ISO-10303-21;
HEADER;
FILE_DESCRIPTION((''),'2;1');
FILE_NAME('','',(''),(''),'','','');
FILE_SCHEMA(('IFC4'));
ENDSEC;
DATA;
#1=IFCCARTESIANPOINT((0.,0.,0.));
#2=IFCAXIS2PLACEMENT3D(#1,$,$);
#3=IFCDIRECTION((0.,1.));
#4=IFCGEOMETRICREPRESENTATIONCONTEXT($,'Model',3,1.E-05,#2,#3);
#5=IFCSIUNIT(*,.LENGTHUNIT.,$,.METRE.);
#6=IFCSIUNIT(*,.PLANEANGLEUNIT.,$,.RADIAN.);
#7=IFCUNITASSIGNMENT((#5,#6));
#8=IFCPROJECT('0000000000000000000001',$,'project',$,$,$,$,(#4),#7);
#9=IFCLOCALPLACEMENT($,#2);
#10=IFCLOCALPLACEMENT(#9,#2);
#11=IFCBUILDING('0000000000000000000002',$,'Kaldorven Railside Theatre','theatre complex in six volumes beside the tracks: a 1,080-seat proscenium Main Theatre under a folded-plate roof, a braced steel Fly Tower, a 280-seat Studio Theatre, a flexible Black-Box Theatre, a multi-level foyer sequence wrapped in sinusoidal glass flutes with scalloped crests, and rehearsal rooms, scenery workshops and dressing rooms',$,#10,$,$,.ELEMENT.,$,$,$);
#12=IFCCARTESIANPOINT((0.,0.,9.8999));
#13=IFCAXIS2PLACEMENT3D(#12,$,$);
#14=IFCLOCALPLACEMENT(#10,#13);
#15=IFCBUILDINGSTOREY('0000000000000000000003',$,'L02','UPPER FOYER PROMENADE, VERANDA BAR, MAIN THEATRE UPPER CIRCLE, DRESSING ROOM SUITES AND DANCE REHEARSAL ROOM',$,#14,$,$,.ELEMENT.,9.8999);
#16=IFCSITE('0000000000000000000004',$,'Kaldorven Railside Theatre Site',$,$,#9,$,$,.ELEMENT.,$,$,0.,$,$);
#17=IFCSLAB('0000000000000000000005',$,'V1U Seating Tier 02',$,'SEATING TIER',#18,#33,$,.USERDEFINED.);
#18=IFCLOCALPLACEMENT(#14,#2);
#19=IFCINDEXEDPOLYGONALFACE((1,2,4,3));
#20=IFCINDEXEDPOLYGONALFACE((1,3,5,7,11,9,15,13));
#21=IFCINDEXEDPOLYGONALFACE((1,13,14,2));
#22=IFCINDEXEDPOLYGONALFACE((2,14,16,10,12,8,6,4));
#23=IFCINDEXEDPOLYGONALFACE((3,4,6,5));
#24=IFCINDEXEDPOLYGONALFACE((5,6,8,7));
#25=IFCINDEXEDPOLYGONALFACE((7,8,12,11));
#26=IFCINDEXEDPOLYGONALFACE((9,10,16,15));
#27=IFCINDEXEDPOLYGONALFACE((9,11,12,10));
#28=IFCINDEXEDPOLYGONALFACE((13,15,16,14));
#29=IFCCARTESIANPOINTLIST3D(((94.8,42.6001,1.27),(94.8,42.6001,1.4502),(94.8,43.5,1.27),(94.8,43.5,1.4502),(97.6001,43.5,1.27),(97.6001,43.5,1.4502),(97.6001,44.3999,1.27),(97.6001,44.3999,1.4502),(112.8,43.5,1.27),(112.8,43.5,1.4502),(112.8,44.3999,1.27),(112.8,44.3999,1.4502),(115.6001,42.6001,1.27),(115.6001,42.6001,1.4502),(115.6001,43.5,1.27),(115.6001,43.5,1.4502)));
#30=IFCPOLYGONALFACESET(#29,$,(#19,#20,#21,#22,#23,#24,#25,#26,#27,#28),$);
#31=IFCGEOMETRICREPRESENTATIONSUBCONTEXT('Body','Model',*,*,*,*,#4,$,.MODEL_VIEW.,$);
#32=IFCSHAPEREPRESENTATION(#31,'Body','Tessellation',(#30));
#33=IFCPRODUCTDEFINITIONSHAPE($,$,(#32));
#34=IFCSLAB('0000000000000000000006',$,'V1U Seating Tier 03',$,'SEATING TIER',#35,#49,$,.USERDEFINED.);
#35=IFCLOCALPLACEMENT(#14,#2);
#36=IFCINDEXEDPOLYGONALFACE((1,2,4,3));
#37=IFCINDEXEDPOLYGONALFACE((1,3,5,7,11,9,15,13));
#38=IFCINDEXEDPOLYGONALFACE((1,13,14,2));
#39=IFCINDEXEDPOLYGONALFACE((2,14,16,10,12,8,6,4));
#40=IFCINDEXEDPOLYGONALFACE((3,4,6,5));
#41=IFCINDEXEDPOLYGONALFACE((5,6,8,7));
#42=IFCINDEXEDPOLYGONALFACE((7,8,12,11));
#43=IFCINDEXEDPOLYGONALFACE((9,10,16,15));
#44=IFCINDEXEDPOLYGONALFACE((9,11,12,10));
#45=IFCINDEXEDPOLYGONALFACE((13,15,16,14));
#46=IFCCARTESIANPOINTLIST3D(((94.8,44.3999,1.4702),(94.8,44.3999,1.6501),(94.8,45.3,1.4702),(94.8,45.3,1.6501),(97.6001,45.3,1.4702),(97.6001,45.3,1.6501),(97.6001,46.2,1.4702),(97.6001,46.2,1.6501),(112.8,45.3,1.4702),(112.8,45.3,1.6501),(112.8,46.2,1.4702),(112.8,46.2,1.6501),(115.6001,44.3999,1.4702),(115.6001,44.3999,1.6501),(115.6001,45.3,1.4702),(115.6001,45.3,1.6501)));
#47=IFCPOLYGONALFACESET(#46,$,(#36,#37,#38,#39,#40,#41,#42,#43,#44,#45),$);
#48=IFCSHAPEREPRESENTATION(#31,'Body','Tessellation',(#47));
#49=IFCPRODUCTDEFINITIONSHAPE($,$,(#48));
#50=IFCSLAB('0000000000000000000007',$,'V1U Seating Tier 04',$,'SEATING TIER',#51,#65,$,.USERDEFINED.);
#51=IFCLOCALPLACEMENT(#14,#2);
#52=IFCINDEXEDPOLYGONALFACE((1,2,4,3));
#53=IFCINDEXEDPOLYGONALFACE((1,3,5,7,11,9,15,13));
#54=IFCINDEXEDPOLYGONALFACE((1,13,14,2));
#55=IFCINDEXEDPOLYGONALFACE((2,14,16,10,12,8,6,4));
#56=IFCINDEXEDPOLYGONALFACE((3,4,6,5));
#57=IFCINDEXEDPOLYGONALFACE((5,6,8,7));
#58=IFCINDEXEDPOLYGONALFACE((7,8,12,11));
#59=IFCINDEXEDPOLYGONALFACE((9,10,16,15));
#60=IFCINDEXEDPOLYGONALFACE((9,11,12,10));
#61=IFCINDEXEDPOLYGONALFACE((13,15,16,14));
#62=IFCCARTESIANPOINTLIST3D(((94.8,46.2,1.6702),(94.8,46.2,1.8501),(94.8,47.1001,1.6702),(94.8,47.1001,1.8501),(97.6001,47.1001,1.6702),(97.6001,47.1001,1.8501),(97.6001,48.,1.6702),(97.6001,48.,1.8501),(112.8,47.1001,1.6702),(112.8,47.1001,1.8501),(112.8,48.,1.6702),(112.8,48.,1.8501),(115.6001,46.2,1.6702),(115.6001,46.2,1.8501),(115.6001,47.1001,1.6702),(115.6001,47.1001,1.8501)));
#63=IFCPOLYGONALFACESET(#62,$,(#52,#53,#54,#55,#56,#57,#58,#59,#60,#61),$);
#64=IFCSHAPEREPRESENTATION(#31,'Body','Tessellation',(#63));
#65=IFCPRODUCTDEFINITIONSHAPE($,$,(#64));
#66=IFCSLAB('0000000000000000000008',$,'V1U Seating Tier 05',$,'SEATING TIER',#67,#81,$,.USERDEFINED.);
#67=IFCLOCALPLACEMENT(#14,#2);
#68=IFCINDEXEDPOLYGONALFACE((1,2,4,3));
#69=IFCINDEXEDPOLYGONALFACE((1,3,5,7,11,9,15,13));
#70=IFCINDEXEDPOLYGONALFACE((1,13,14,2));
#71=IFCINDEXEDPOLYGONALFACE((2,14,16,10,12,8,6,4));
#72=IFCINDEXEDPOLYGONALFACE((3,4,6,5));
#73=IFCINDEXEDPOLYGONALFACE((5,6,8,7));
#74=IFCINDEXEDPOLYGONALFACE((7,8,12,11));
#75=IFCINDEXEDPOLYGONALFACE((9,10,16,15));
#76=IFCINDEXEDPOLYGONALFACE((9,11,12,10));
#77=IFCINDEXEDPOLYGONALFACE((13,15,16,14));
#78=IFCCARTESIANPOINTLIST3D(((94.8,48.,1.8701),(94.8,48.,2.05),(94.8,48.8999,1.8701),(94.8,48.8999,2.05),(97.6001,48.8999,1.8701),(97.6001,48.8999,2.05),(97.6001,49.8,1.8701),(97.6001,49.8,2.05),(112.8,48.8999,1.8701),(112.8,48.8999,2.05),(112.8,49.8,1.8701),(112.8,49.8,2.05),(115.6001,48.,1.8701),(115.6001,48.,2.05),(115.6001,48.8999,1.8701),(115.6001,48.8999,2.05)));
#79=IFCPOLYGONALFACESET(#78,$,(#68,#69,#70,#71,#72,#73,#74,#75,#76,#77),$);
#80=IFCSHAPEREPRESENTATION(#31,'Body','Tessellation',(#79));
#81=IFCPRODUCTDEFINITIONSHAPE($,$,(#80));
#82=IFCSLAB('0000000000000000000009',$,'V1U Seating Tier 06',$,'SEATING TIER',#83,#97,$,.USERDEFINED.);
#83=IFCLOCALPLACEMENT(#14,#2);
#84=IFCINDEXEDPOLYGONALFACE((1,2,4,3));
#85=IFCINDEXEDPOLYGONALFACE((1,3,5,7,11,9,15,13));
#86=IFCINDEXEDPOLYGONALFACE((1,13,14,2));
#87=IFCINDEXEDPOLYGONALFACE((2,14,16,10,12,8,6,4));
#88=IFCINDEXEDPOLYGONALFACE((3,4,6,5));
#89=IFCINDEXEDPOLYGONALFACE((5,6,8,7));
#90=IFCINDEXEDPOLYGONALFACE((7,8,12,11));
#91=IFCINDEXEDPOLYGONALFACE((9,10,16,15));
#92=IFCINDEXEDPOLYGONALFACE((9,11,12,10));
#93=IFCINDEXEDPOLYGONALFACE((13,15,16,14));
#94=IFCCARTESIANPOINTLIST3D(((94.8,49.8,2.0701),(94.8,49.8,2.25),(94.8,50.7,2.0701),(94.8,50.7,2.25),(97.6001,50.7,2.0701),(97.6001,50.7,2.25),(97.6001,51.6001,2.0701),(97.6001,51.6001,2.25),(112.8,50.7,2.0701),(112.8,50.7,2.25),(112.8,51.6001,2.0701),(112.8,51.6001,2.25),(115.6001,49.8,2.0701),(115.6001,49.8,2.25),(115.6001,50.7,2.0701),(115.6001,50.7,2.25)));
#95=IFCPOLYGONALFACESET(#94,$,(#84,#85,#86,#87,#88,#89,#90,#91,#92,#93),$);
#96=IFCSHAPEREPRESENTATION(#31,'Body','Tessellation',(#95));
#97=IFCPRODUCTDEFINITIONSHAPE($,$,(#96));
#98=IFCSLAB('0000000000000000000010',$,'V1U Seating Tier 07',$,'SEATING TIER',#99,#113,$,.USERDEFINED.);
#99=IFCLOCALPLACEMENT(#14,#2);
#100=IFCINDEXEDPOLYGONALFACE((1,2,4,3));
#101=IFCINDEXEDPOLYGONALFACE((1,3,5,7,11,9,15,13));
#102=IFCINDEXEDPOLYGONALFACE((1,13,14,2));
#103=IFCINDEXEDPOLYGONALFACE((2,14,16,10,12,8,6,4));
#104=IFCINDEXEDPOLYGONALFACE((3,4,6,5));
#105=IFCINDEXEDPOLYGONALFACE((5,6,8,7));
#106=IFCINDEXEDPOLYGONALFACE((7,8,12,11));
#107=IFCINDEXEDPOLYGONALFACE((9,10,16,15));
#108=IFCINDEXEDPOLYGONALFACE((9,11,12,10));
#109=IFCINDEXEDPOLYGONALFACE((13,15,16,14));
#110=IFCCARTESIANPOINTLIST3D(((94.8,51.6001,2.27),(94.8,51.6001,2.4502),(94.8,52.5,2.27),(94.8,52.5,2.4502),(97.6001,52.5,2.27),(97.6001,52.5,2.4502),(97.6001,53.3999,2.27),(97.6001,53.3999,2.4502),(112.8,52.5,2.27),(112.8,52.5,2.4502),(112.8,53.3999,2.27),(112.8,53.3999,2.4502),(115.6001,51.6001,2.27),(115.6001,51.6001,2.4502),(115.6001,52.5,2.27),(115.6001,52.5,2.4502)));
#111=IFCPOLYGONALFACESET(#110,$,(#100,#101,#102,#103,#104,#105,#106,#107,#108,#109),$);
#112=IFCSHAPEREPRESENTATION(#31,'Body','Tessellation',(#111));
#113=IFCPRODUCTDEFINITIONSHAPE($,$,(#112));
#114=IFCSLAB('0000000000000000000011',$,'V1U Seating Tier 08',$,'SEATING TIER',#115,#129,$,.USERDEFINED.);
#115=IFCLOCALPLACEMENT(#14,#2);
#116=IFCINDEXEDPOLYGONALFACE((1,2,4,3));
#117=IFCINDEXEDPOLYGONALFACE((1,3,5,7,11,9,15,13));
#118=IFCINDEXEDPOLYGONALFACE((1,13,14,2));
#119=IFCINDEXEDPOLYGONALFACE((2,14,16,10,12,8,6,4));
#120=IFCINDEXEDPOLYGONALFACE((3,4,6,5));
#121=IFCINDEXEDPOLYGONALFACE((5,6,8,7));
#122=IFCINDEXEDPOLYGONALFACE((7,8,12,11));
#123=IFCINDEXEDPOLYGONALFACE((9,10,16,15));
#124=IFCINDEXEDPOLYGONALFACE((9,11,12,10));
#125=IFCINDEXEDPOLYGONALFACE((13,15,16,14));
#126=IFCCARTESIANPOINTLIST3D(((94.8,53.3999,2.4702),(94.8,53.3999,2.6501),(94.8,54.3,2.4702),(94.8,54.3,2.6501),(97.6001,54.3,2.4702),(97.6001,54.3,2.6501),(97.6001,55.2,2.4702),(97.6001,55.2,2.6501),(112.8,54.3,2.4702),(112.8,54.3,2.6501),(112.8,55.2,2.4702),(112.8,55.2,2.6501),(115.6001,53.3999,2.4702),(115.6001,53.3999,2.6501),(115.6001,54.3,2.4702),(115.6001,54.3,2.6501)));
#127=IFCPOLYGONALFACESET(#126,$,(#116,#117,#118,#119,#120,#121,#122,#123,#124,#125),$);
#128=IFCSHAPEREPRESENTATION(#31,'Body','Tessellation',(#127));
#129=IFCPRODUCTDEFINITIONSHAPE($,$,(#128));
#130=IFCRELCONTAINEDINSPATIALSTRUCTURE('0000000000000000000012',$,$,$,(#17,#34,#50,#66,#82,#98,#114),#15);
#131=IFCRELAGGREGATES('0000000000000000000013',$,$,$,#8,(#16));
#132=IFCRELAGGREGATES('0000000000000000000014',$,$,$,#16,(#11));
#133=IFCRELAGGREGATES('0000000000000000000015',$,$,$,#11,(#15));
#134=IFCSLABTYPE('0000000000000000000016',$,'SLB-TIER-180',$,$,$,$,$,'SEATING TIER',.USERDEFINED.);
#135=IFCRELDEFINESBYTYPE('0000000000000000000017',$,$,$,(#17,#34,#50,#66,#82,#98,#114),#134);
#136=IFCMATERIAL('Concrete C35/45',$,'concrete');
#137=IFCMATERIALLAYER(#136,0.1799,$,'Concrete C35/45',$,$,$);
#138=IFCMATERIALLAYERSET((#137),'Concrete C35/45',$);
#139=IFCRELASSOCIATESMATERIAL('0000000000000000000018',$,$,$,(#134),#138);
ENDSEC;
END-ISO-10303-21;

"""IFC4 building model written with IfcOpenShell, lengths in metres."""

from ifc_helpers import new_model, si_unit, direction, frame, origin, place, context, subcontext, project, spatial, polyline, outline, extrude, material, layer, layer_set, type_object, element, save


model = new_model("IFC4")

# Units and contexts
model_context = context("Model", 3, precision=1e-05, world=origin(), true_north=direction((0.0, 1.0)))
body_context = subcontext(model_context, "Body", "Model", "MODEL_VIEW")
ifc_project = project(units=[si_unit("LENGTHUNIT", "METRE"), si_unit("PLANEANGLEUNIT", "RADIAN")], contexts=[model_context])

# Site, building, storey
site_placement = place(None, origin())
site = spatial("IfcSite", under=ifc_project, at=site_placement, Name="Kaldorven Railside Theatre Site", CompositionType="ELEMENT", RefElevation=0.0)
building_placement = place(site_placement, origin())
building = spatial("IfcBuilding", under=site, at=building_placement, Name="Kaldorven Railside Theatre", Description="theatre complex in six volumes beside the tracks: a 1,080-seat proscenium Main Theatre under a folded-plate roof, a braced steel Fly Tower, a 280-seat Studio Theatre, a flexible Black-Box Theatre, a multi-level foyer sequence wrapped in sinusoidal glass flutes with scalloped crests, and rehearsal rooms, scenery workshops and dressing rooms", CompositionType="ELEMENT")
storey_placement = place(building_placement, frame((0.0, 0.0, 9.8999)))
storey = spatial("IfcBuildingStorey", under=building, at=storey_placement, Name="L02", Description="UPPER FOYER PROMENADE, VERANDA BAR, MAIN THEATRE UPPER CIRCLE, DRESSING ROOM SUITES AND DANCE REHEARSAL ROOM", CompositionType="ELEMENT", Elevation=9.8999)

# Shared definitions
ifc_material_1 = material(Name="Concrete C35/45", Category="concrete")

# Slabs
ifc_layer_1 = layer(ifc_material_1, 0.1799, Name="Concrete C35/45")
ifc_layer_set_1 = layer_set([ifc_layer_1], Name="Concrete C35/45")
slab_type_1 = type_object("IfcSlabType", Name="SLB-TIER-180", ElementType="SEATING TIER", PredefinedType="USERDEFINED", material=ifc_layer_set_1)
slab_1_placement = place(storey_placement, frame((0.0, 0.0, 1.27)))
element("IfcSlab", 1, at=slab_1_placement, inside=storey, type_object=slab_type_1, Name="V1U Seating Tier 02", ObjectType="SEATING TIER", PredefinedType="USERDEFINED", context=body_context, shape_type="SweptSolid", body=[
    extrude(outline(polyline([(94.8, 42.6001), (115.6001, 42.6001), (115.6001, 43.5), (112.8, 43.5), (112.8, 44.3999), (97.6001, 44.3999), (97.6001, 43.5), (94.8, 43.5), (94.8, 42.6001)])), origin(), (0.0, 0.0, 1.0), 0.1802),
])
slab_2_placement = place(storey_placement, frame((0.0, 0.0, 1.4702)))
element("IfcSlab", 2, at=slab_2_placement, inside=storey, type_object=slab_type_1, Name="V1U Seating Tier 03", ObjectType="SEATING TIER", PredefinedType="USERDEFINED", context=body_context, shape_type="SweptSolid", body=[
    extrude(outline(polyline([(94.8, 44.3999), (115.6001, 44.3999), (115.6001, 45.3), (112.8, 45.3), (112.8, 46.2), (97.6001, 46.2), (97.6001, 45.3), (94.8, 45.3), (94.8, 44.3999)])), origin(), (0.0, 0.0, 1.0), 0.1799),
])
slab_3_placement = place(storey_placement, frame((0.0, 0.0, 1.6702)))
element("IfcSlab", 3, at=slab_3_placement, inside=storey, type_object=slab_type_1, Name="V1U Seating Tier 04", ObjectType="SEATING TIER", PredefinedType="USERDEFINED", context=body_context, shape_type="SweptSolid", body=[
    extrude(outline(polyline([(94.8, 46.2), (115.6001, 46.2), (115.6001, 47.1001), (112.8, 47.1001), (112.8, 48.0), (97.6001, 48.0), (97.6001, 47.1001), (94.8, 47.1001), (94.8, 46.2)])), origin(), (0.0, 0.0, 1.0), 0.1799),
])
slab_4_placement = place(storey_placement, frame((0.0, 0.0, 1.8701)))
element("IfcSlab", 4, at=slab_4_placement, inside=storey, type_object=slab_type_1, Name="V1U Seating Tier 05", ObjectType="SEATING TIER", PredefinedType="USERDEFINED", context=body_context, shape_type="SweptSolid", body=[
    extrude(outline(polyline([(94.8, 48.0), (115.6001, 48.0), (115.6001, 48.8999), (112.8, 48.8999), (112.8, 49.8), (97.6001, 49.8), (97.6001, 48.8999), (94.8, 48.8999), (94.8, 48.0)])), origin(), (0.0, 0.0, 1.0), 0.1799),
])
slab_5_placement = place(storey_placement, frame((0.0, 0.0, 2.0701)))
element("IfcSlab", 5, at=slab_5_placement, inside=storey, type_object=slab_type_1, Name="V1U Seating Tier 06", ObjectType="SEATING TIER", PredefinedType="USERDEFINED", context=body_context, shape_type="SweptSolid", body=[
    extrude(outline(polyline([(94.8, 49.8), (115.6001, 49.8), (115.6001, 50.7), (112.8, 50.7), (112.8, 51.6001), (97.6001, 51.6001), (97.6001, 50.7), (94.8, 50.7), (94.8, 49.8)])), origin(), (0.0, 0.0, 1.0), 0.1799),
])
slab_6_placement = place(storey_placement, frame((0.0, 0.0, 2.27)))
element("IfcSlab", 6, at=slab_6_placement, inside=storey, type_object=slab_type_1, Name="V1U Seating Tier 07", ObjectType="SEATING TIER", PredefinedType="USERDEFINED", context=body_context, shape_type="SweptSolid", body=[
    extrude(outline(polyline([(94.8, 51.6001), (115.6001, 51.6001), (115.6001, 52.5), (112.8, 52.5), (112.8, 53.3999), (97.6001, 53.3999), (97.6001, 52.5), (94.8, 52.5), (94.8, 51.6001)])), origin(), (0.0, 0.0, 1.0), 0.1802),
])
slab_7_placement = place(storey_placement, frame((0.0, 0.0, 2.4702)))
element("IfcSlab", 7, at=slab_7_placement, inside=storey, type_object=slab_type_1, Name="V1U Seating Tier 08", ObjectType="SEATING TIER", PredefinedType="USERDEFINED", context=body_context, shape_type="SweptSolid", body=[
    extrude(outline(polyline([(94.8, 53.3999), (115.6001, 53.3999), (115.6001, 54.3), (112.8, 54.3), (112.8, 55.2), (97.6001, 55.2), (97.6001, 54.3), (94.8, 54.3), (94.8, 53.3999)])), origin(), (0.0, 0.0, 1.0), 0.1799),
])

save(model, "model.ifc")
